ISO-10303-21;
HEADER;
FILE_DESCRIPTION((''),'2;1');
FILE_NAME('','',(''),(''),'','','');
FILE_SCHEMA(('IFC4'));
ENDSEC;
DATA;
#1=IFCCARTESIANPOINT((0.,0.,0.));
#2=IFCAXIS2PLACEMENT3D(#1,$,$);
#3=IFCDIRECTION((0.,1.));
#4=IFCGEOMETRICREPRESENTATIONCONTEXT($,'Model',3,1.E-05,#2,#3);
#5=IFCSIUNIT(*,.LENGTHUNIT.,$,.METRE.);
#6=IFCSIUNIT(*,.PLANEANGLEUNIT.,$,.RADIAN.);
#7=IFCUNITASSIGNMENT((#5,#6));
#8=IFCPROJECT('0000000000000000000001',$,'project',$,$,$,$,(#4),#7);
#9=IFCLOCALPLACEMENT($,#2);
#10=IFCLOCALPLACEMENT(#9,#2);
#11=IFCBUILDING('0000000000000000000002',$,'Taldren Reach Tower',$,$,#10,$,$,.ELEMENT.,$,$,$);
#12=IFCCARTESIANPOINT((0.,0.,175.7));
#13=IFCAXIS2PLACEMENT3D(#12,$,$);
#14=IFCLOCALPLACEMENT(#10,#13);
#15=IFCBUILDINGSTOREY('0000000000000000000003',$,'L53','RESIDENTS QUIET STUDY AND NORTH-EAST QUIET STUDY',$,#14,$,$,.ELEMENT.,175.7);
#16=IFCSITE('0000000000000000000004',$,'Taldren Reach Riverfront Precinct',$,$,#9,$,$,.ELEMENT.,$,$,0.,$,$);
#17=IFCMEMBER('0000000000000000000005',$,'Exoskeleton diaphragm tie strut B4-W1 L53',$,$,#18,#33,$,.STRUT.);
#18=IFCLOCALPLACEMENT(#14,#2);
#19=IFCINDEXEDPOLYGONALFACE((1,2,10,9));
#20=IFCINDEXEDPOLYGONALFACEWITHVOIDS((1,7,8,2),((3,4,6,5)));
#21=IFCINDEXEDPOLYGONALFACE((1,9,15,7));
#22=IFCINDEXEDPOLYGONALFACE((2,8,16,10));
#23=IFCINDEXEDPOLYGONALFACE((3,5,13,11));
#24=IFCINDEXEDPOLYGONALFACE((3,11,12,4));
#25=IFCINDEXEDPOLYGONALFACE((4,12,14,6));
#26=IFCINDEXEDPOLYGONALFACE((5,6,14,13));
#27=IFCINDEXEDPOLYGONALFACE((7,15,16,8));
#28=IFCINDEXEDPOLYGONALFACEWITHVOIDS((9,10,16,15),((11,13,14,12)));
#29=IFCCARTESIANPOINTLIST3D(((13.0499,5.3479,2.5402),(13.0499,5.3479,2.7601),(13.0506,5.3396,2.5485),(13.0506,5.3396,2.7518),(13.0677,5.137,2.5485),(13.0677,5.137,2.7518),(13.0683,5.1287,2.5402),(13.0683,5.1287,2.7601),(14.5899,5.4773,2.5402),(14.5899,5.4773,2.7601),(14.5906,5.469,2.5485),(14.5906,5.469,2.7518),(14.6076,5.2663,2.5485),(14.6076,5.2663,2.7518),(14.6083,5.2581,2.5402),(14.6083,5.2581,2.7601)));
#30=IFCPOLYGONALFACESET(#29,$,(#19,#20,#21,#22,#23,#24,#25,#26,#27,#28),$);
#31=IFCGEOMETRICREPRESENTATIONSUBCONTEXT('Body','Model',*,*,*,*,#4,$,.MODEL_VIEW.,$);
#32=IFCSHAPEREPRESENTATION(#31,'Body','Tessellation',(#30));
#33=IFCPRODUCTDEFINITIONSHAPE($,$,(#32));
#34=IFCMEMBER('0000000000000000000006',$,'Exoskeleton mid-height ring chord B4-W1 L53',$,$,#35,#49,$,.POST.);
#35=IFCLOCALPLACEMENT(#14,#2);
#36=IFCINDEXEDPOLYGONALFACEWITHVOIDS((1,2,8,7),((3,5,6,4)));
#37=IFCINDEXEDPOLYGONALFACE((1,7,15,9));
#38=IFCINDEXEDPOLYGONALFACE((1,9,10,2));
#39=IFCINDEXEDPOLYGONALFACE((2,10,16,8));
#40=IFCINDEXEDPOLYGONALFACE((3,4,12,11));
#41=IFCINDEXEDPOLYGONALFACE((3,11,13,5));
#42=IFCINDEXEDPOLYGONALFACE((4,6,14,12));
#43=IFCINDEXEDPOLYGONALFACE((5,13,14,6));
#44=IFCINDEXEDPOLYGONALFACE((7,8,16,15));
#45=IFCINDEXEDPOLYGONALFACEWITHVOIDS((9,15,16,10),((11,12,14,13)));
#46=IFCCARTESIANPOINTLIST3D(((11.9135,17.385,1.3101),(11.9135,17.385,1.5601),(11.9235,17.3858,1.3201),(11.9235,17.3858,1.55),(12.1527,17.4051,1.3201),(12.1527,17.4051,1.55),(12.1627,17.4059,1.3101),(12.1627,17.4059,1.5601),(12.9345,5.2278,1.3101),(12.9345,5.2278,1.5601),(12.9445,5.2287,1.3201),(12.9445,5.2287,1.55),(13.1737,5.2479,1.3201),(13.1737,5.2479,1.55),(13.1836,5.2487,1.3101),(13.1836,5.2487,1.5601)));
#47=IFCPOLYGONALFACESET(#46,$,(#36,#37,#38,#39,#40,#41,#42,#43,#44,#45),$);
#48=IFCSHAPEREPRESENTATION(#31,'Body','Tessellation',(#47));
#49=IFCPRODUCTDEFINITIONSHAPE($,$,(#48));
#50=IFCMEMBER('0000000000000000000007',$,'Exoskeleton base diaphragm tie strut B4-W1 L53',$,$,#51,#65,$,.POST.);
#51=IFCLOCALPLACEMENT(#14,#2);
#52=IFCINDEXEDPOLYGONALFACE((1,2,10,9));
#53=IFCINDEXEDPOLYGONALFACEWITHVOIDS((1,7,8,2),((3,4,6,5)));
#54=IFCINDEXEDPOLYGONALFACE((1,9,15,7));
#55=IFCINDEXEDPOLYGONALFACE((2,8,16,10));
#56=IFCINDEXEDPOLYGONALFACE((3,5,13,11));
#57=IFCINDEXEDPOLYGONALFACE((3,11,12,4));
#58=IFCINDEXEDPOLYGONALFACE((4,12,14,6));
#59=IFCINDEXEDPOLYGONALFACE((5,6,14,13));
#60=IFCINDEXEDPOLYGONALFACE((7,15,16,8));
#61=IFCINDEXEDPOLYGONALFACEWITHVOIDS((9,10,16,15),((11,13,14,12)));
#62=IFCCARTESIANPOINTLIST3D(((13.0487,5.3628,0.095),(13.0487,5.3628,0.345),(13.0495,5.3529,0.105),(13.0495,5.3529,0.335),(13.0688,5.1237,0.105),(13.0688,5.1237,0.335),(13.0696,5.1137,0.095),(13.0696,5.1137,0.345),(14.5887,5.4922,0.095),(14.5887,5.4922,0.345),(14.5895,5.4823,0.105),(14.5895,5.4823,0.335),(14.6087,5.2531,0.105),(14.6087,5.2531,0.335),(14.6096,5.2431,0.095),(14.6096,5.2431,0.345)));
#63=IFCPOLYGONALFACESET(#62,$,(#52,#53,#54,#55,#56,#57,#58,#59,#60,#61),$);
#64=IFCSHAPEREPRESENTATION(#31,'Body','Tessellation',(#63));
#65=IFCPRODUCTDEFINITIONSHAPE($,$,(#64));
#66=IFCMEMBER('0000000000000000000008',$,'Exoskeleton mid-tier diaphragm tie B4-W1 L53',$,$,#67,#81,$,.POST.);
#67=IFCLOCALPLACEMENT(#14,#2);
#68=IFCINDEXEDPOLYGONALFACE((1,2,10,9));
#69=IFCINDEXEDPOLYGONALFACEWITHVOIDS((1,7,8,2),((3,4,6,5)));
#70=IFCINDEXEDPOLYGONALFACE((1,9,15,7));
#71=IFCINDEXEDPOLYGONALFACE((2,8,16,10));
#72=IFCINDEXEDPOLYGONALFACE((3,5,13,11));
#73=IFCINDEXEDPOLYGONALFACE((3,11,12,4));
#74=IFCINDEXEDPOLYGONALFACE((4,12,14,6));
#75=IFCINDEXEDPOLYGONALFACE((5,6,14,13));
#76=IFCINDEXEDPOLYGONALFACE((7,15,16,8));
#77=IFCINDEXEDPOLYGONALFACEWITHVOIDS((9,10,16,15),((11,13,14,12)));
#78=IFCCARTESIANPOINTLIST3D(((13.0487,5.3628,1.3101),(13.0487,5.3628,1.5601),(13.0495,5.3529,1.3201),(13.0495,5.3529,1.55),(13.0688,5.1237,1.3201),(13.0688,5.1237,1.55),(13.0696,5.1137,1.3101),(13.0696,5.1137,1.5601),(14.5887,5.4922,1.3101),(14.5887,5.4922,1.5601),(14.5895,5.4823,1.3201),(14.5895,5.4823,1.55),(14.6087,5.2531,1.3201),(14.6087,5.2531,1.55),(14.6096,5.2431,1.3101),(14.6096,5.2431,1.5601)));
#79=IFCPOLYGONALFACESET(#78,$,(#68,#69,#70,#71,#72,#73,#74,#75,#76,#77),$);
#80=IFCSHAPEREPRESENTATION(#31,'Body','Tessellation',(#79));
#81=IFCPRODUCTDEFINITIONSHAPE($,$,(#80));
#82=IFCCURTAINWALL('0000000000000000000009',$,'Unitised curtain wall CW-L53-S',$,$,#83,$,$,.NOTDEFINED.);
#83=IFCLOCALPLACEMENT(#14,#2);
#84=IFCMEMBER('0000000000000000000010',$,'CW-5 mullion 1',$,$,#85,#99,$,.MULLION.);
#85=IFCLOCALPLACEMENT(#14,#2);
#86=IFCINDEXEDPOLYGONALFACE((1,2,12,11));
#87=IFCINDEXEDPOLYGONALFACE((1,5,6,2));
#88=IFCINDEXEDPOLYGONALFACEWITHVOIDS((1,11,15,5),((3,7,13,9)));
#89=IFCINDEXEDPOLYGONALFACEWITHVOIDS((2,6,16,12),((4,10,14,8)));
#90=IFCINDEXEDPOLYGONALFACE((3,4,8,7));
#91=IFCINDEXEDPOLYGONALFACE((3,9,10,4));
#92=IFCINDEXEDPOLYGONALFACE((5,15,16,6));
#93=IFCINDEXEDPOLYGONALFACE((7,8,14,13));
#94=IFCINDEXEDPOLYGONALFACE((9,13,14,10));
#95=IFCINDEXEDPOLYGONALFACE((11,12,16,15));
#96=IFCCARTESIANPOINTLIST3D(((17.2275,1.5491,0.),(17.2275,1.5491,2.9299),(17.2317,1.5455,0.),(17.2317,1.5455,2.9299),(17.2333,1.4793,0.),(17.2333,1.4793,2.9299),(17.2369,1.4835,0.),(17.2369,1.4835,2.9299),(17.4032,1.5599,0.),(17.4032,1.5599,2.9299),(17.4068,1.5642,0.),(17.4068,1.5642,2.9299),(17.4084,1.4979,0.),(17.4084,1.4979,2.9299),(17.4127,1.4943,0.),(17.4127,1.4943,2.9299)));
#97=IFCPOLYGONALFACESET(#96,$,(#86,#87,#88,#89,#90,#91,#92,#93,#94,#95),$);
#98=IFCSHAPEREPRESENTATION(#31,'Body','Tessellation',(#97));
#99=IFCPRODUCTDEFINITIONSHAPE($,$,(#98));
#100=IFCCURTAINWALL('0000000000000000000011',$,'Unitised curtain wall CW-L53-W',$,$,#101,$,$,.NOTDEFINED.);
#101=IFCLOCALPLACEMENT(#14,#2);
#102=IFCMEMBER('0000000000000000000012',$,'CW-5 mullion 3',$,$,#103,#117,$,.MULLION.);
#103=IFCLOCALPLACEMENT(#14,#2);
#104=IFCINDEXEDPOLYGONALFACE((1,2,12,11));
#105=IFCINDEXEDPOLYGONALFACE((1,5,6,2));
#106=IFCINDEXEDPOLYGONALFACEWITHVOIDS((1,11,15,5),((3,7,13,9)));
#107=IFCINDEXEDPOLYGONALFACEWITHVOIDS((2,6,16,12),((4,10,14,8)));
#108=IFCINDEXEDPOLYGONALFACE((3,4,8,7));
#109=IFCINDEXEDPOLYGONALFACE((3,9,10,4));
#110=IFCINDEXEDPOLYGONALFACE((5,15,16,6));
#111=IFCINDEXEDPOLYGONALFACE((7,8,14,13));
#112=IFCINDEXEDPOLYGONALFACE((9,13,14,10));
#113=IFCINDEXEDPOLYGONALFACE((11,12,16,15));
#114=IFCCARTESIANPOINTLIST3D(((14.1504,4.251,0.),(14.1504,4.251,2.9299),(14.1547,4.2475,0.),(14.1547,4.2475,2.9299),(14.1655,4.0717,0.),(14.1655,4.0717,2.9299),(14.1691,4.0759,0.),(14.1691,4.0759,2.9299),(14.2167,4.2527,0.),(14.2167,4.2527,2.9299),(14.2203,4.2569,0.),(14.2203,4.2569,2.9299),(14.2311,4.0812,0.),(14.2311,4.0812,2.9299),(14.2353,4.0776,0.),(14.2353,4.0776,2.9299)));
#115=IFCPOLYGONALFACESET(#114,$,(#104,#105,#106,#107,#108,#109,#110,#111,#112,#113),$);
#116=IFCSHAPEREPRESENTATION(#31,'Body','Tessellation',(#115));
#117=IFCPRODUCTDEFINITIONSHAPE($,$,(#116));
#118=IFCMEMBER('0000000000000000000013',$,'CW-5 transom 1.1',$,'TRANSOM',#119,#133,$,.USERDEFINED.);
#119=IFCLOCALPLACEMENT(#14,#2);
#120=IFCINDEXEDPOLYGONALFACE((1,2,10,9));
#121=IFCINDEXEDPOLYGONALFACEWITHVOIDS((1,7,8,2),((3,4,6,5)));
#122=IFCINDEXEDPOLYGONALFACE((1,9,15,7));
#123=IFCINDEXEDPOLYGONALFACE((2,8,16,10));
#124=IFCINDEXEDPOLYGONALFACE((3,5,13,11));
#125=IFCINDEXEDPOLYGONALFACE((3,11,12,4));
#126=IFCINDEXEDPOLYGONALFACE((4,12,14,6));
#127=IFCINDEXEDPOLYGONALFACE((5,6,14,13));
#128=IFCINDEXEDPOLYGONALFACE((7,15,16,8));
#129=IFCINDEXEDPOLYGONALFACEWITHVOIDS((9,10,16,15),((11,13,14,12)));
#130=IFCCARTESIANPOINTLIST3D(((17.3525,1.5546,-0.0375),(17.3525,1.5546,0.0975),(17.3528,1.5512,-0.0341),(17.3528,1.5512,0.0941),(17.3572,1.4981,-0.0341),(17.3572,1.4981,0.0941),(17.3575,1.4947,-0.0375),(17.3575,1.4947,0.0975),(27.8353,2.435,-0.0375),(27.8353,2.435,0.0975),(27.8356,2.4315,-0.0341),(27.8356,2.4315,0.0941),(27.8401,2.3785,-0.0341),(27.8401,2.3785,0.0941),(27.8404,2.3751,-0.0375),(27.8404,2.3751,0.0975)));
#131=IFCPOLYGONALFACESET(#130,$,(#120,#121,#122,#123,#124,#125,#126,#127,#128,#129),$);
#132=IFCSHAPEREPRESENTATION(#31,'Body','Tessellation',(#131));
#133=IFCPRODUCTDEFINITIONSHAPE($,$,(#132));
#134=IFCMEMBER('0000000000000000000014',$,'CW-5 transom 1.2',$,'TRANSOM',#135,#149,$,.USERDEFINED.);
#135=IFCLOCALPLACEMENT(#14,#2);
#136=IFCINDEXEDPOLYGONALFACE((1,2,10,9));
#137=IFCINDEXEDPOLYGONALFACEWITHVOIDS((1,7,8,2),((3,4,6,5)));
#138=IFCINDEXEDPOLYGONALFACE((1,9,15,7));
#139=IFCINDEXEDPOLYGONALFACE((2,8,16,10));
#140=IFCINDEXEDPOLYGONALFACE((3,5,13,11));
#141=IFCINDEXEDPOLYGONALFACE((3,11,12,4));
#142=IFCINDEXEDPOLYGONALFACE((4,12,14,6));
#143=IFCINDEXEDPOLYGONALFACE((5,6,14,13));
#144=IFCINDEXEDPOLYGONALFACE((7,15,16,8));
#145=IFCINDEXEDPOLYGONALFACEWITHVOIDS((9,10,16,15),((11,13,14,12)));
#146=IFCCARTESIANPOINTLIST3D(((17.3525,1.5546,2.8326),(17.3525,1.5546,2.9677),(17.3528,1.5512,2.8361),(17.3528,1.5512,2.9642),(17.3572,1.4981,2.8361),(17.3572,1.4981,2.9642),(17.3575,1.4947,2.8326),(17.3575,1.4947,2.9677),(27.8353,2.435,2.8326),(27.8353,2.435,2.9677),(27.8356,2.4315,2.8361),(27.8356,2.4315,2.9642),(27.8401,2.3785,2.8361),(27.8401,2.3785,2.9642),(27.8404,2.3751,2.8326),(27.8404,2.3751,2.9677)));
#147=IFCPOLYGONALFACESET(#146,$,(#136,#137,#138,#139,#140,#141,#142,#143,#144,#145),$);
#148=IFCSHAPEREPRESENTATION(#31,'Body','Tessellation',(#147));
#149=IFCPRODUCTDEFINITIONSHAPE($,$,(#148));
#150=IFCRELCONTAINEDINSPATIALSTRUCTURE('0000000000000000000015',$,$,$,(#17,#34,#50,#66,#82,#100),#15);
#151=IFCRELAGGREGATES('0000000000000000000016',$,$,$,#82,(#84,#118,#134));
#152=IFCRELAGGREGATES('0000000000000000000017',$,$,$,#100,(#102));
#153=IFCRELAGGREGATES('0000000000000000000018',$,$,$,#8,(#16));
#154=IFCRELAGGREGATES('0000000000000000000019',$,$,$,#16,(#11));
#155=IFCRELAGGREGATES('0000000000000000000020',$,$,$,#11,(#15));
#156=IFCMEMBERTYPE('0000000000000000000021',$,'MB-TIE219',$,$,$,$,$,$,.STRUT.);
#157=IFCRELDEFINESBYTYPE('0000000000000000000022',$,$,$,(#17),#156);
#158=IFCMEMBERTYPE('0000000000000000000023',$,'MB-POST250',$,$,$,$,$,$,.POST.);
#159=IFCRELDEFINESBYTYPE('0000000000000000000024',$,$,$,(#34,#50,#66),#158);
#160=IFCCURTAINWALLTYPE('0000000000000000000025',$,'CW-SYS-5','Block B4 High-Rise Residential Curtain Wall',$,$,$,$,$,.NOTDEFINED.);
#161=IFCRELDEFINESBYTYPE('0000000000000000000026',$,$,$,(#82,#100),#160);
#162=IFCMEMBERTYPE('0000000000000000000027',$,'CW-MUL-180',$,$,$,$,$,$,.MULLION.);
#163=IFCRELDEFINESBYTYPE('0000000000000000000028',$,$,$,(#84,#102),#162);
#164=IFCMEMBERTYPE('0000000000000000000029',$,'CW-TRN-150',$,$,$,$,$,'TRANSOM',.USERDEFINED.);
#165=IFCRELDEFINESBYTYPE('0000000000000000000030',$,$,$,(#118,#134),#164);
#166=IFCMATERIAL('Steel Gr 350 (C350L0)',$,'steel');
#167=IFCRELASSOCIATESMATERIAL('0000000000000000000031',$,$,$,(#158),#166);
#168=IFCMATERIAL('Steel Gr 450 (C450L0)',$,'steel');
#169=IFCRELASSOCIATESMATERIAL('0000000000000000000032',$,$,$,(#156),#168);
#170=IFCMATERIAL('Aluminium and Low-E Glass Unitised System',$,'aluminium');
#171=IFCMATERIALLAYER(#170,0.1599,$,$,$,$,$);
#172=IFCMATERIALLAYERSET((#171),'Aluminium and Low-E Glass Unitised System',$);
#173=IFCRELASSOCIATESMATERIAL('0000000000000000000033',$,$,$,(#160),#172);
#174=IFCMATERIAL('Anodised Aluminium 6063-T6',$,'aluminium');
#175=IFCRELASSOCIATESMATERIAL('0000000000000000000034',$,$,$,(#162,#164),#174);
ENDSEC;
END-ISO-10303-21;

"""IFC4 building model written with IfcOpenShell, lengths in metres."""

from ifc_helpers import new_model, si_unit, direction, frame, origin, origin_2d, place, context, subcontext, project, spatial, hollow_rectangle, extrude, source, transform, mapped, material, layer, layer_set, material_profile, profile_set, type_object, element, aggregate, save


model = new_model("IFC4")

# Units and contexts
model_context = context("Model", 3, precision=1e-05, world=origin(), true_north=direction((0.0, 1.0)))
body_context = subcontext(model_context, "Body", "Model", "MODEL_VIEW")
ifc_project = project(units=[si_unit("LENGTHUNIT", "METRE"), si_unit("PLANEANGLEUNIT", "RADIAN")], contexts=[model_context])

# Site, building, storey
site_placement = place(None, origin())
site = spatial("IfcSite", under=ifc_project, at=site_placement, Name="Taldren Reach Riverfront Precinct", CompositionType="ELEMENT", RefElevation=0.0)
building_placement = place(site_placement, origin())
building = spatial("IfcBuilding", under=site, at=building_placement, Name="Taldren Reach Tower", CompositionType="ELEMENT")
storey_placement = place(building_placement, frame((0.0, 0.0, 175.7)))
storey = spatial("IfcBuildingStorey", under=building, at=storey_placement, Name="L53", Description="RESIDENTS QUIET STUDY AND NORTH-EAST QUIET STUDY", CompositionType="ELEMENT", Elevation=175.7)

# Shared definitions
ifc_material_1 = material(Name="Steel Gr 350 (C350L0)", Category="steel")

# Shared definitions
ifc_material_profile_1 = material_profile(ifc_material_1, hollow_rectangle(XDim=0.25, YDim=0.25, WallThickness=0.01, at=origin_2d()), Name="250x250x10.0SHS")
ifc_profile_set_1 = profile_set([ifc_material_profile_1], Name="Steel Gr 350 (C350L0)")
member_type_1 = type_object("IfcMemberType", Name="MB-POST250", PredefinedType="POST", material=ifc_profile_set_1)

# Members
ifc_material_2 = material(Name="Steel Gr 450 (C450L0)", Category="steel")
ifc_material_profile_2 = material_profile(ifc_material_2, hollow_rectangle(XDim=0.22, YDim=0.22, WallThickness=0.0083, at=origin_2d()), Name="220x220x8.2SHS")
ifc_profile_set_2 = profile_set([ifc_material_profile_2], Name="Steel Gr 450 (C450L0)")
member_type_2 = type_object("IfcMemberType", Name="MB-TIE219", PredefinedType="STRUT", material=ifc_profile_set_2)
shared_shape_1 = source(origin(), body_context, "Body", "SweptSolid", [
    extrude(hollow_rectangle(XDim=0.22, YDim=0.22, WallThickness=0.0083, at=origin_2d()), origin(), (0.0, 0.0, 1.0), 1.5454),
])
member_1_placement = place(storey_placement, frame((14.5991, 5.3677, 2.6501), z_axis=(-0.996489, -0.083725, 0.0), x_axis=(0.083725, -0.996489, 0.0)))
element("IfcMember", 1, at=member_1_placement, inside=storey, type_object=member_type_2, Name="Exoskeleton diaphragm tie strut B4-W1 L53", PredefinedType="STRUT", context=body_context, shape_type="MappedRepresentation", body=[
    mapped(shared_shape_1, transform((0.0, 0.0, 0.0), scale=1.0)),
])
shared_shape_2 = source(origin(), body_context, "Body", "SweptSolid", [
    extrude(hollow_rectangle(XDim=0.25, YDim=0.25, WallThickness=0.01, at=origin_2d()), origin(), (0.0, 0.0, 1.0), 12.2),
])
member_2_placement = place(storey_placement, frame((13.0591, 5.2383, 1.4351), z_axis=(-0.083688, 0.996492, 0.0), x_axis=(-0.996492, -0.083688, 0.0)))
element("IfcMember", 2, at=member_2_placement, inside=storey, type_object=member_type_1, Name="Exoskeleton mid-height ring chord B4-W1 L53", PredefinedType="POST", context=body_context, shape_type="MappedRepresentation", body=[
    mapped(shared_shape_2, transform((0.0, 0.0, 0.0), scale=1.0)),
])
shared_shape_3 = source(origin(), body_context, "Body", "SweptSolid", [
    extrude(hollow_rectangle(XDim=0.25, YDim=0.25, WallThickness=0.01, at=origin_2d()), origin(), (0.0, 0.0, 1.0), 1.5454),
])
for number, where, z_axis, x_axis, name in (
    (3, (14.5991, 5.3677, 0.22), (-0.996489, -0.083725, 0.0), (0.083725, -0.996489, 0.0), "Exoskeleton base diaphragm tie strut B4-W1 L53"),
    (4, (14.5991, 5.3677, 1.4351), (-0.996489, -0.083725, 0.0), (0.083725, -0.996489, 0.0), "Exoskeleton mid-tier diaphragm tie B4-W1 L53"),
):
    element("IfcMember", number, at=place(storey_placement, frame(where, z_axis=z_axis, x_axis=x_axis)), inside=storey, type_object=member_type_1, Name=name, PredefinedType="POST", context=body_context, shape_type="MappedRepresentation", body=[
        mapped(shared_shape_3, transform((0.0, 0.0, 0.0), scale=1.0)),
    ])

# Curtain walls, members
ifc_material_3 = material(Name="Aluminium and Low-E Glass Unitised System", Category="aluminium")
ifc_layer_1 = layer(ifc_material_3, 0.1599)
ifc_layer_set_1 = layer_set([ifc_layer_1], Name="Aluminium and Low-E Glass Unitised System")
curtain_wall_type = type_object("IfcCurtainWallType", Name="CW-SYS-5", Description="Block B4 High-Rise Residential Curtain Wall", PredefinedType="NOTDEFINED", material=ifc_layer_set_1)
curtain_wall_1_placement = place(storey_placement, origin())
curtain_wall_1 = element("IfcCurtainWall", 5, at=curtain_wall_1_placement, inside=storey, type_object=curtain_wall_type, Name="Unitised curtain wall CW-L53-S", PredefinedType="NOTDEFINED")
ifc_material_4 = material(Name="Anodised Aluminium 6063-T6", Category="aluminium")
ifc_material_profile_3 = material_profile(ifc_material_4, hollow_rectangle(XDim=0.0701, YDim=0.1799, WallThickness=0.0039, at=origin_2d()), Name="ALU-180x70x4RHS")
ifc_profile_set_3 = profile_set([ifc_material_profile_3], Name="Anodised Aluminium 6063-T6")
member_type_3 = type_object("IfcMemberType", Name="CW-MUL-180", PredefinedType="MULLION", material=ifc_profile_set_3)
shared_shape_4 = source(origin(), body_context, "Body", "SweptSolid", [
    extrude(hollow_rectangle(XDim=0.0701, YDim=0.1799, WallThickness=0.0039, at=origin_2d()), origin(), (0.0, 0.0, 1.0), 2.9299),
])
member_3_placement = place(storey_placement, frame((17.3201, 1.5217, 0.0), z_axis=(0.0, 0.0, 1.0), x_axis=(-0.083678, 0.996493, 0.0)))
member_3 = element("IfcMember", 6, at=member_3_placement, type_object=member_type_3, Name="CW-5 mullion 1", PredefinedType="MULLION", context=body_context, shape_type="MappedRepresentation", body=[
    mapped(shared_shape_4, transform((0.0, 0.0, 0.0), scale=1.0)),
])
curtain_wall_2_placement = place(storey_placement, origin())
curtain_wall_2 = element("IfcCurtainWall", 7, at=curtain_wall_2_placement, inside=storey, type_object=curtain_wall_type, Name="Unitised curtain wall CW-L53-W", PredefinedType="NOTDEFINED")
member_4_placement = place(storey_placement, frame((14.1929, 4.1643, 0.0), z_axis=(0.0, 0.0, 1.0), x_axis=(0.996493, 0.083678, 0.0)))
member_4 = element("IfcMember", 8, at=member_4_placement, type_object=member_type_3, Name="CW-5 mullion 3", PredefinedType="MULLION", context=body_context, shape_type="MappedRepresentation", body=[
    mapped(shared_shape_4, transform((0.0, 0.0, 0.0), scale=1.0)),
])

# Members
ifc_material_profile_4 = material_profile(ifc_material_4, hollow_rectangle(XDim=0.0601, YDim=0.135, WallThickness=0.0034, at=origin_2d()), Name="ALU-135x60x3.5RHS")
ifc_profile_set_4 = profile_set([ifc_material_profile_4], Name="Anodised Aluminium 6063-T6")
member_type_4 = type_object("IfcMemberType", Name="CW-TRN-150", ElementType="TRANSOM", PredefinedType="USERDEFINED", material=ifc_profile_set_4)
shared_shape_5 = source(origin(), body_context, "Body", "SweptSolid", [
    extrude(hollow_rectangle(XDim=0.0601, YDim=0.135, WallThickness=0.0034, at=origin_2d()), origin(), (0.0, 0.0, 1.0), 10.5198),
])
member_5_placement = place(storey_placement, frame((17.355, 1.5247, 0.03), z_axis=(0.996492, 0.083687, 0.0), x_axis=(-0.083687, 0.996492, 0.0)))
member_5 = element("IfcMember", 9, at=member_5_placement, type_object=member_type_4, Name="CW-5 transom 1.1", ObjectType="TRANSOM", PredefinedType="USERDEFINED", context=body_context, shape_type="MappedRepresentation", body=[
    mapped(shared_shape_5, transform((0.0, 0.0, 0.0), scale=1.0)),
])
member_6_placement = place(storey_placement, frame((17.355, 1.5247, 2.9001), z_axis=(0.996492, 0.083687, 0.0), x_axis=(-0.083687, 0.996492, 0.0)))
member_6 = element("IfcMember", 10, at=member_6_placement, type_object=member_type_4, Name="CW-5 transom 1.2", ObjectType="TRANSOM", PredefinedType="USERDEFINED", context=body_context, shape_type="MappedRepresentation", body=[
    mapped(shared_shape_5, transform((0.0, 0.0, 0.0), scale=1.0)),
])
aggregate(curtain_wall_1, [member_3, member_5, member_6])

aggregate(curtain_wall_2, [member_4])

save(model, "model.ifc")
